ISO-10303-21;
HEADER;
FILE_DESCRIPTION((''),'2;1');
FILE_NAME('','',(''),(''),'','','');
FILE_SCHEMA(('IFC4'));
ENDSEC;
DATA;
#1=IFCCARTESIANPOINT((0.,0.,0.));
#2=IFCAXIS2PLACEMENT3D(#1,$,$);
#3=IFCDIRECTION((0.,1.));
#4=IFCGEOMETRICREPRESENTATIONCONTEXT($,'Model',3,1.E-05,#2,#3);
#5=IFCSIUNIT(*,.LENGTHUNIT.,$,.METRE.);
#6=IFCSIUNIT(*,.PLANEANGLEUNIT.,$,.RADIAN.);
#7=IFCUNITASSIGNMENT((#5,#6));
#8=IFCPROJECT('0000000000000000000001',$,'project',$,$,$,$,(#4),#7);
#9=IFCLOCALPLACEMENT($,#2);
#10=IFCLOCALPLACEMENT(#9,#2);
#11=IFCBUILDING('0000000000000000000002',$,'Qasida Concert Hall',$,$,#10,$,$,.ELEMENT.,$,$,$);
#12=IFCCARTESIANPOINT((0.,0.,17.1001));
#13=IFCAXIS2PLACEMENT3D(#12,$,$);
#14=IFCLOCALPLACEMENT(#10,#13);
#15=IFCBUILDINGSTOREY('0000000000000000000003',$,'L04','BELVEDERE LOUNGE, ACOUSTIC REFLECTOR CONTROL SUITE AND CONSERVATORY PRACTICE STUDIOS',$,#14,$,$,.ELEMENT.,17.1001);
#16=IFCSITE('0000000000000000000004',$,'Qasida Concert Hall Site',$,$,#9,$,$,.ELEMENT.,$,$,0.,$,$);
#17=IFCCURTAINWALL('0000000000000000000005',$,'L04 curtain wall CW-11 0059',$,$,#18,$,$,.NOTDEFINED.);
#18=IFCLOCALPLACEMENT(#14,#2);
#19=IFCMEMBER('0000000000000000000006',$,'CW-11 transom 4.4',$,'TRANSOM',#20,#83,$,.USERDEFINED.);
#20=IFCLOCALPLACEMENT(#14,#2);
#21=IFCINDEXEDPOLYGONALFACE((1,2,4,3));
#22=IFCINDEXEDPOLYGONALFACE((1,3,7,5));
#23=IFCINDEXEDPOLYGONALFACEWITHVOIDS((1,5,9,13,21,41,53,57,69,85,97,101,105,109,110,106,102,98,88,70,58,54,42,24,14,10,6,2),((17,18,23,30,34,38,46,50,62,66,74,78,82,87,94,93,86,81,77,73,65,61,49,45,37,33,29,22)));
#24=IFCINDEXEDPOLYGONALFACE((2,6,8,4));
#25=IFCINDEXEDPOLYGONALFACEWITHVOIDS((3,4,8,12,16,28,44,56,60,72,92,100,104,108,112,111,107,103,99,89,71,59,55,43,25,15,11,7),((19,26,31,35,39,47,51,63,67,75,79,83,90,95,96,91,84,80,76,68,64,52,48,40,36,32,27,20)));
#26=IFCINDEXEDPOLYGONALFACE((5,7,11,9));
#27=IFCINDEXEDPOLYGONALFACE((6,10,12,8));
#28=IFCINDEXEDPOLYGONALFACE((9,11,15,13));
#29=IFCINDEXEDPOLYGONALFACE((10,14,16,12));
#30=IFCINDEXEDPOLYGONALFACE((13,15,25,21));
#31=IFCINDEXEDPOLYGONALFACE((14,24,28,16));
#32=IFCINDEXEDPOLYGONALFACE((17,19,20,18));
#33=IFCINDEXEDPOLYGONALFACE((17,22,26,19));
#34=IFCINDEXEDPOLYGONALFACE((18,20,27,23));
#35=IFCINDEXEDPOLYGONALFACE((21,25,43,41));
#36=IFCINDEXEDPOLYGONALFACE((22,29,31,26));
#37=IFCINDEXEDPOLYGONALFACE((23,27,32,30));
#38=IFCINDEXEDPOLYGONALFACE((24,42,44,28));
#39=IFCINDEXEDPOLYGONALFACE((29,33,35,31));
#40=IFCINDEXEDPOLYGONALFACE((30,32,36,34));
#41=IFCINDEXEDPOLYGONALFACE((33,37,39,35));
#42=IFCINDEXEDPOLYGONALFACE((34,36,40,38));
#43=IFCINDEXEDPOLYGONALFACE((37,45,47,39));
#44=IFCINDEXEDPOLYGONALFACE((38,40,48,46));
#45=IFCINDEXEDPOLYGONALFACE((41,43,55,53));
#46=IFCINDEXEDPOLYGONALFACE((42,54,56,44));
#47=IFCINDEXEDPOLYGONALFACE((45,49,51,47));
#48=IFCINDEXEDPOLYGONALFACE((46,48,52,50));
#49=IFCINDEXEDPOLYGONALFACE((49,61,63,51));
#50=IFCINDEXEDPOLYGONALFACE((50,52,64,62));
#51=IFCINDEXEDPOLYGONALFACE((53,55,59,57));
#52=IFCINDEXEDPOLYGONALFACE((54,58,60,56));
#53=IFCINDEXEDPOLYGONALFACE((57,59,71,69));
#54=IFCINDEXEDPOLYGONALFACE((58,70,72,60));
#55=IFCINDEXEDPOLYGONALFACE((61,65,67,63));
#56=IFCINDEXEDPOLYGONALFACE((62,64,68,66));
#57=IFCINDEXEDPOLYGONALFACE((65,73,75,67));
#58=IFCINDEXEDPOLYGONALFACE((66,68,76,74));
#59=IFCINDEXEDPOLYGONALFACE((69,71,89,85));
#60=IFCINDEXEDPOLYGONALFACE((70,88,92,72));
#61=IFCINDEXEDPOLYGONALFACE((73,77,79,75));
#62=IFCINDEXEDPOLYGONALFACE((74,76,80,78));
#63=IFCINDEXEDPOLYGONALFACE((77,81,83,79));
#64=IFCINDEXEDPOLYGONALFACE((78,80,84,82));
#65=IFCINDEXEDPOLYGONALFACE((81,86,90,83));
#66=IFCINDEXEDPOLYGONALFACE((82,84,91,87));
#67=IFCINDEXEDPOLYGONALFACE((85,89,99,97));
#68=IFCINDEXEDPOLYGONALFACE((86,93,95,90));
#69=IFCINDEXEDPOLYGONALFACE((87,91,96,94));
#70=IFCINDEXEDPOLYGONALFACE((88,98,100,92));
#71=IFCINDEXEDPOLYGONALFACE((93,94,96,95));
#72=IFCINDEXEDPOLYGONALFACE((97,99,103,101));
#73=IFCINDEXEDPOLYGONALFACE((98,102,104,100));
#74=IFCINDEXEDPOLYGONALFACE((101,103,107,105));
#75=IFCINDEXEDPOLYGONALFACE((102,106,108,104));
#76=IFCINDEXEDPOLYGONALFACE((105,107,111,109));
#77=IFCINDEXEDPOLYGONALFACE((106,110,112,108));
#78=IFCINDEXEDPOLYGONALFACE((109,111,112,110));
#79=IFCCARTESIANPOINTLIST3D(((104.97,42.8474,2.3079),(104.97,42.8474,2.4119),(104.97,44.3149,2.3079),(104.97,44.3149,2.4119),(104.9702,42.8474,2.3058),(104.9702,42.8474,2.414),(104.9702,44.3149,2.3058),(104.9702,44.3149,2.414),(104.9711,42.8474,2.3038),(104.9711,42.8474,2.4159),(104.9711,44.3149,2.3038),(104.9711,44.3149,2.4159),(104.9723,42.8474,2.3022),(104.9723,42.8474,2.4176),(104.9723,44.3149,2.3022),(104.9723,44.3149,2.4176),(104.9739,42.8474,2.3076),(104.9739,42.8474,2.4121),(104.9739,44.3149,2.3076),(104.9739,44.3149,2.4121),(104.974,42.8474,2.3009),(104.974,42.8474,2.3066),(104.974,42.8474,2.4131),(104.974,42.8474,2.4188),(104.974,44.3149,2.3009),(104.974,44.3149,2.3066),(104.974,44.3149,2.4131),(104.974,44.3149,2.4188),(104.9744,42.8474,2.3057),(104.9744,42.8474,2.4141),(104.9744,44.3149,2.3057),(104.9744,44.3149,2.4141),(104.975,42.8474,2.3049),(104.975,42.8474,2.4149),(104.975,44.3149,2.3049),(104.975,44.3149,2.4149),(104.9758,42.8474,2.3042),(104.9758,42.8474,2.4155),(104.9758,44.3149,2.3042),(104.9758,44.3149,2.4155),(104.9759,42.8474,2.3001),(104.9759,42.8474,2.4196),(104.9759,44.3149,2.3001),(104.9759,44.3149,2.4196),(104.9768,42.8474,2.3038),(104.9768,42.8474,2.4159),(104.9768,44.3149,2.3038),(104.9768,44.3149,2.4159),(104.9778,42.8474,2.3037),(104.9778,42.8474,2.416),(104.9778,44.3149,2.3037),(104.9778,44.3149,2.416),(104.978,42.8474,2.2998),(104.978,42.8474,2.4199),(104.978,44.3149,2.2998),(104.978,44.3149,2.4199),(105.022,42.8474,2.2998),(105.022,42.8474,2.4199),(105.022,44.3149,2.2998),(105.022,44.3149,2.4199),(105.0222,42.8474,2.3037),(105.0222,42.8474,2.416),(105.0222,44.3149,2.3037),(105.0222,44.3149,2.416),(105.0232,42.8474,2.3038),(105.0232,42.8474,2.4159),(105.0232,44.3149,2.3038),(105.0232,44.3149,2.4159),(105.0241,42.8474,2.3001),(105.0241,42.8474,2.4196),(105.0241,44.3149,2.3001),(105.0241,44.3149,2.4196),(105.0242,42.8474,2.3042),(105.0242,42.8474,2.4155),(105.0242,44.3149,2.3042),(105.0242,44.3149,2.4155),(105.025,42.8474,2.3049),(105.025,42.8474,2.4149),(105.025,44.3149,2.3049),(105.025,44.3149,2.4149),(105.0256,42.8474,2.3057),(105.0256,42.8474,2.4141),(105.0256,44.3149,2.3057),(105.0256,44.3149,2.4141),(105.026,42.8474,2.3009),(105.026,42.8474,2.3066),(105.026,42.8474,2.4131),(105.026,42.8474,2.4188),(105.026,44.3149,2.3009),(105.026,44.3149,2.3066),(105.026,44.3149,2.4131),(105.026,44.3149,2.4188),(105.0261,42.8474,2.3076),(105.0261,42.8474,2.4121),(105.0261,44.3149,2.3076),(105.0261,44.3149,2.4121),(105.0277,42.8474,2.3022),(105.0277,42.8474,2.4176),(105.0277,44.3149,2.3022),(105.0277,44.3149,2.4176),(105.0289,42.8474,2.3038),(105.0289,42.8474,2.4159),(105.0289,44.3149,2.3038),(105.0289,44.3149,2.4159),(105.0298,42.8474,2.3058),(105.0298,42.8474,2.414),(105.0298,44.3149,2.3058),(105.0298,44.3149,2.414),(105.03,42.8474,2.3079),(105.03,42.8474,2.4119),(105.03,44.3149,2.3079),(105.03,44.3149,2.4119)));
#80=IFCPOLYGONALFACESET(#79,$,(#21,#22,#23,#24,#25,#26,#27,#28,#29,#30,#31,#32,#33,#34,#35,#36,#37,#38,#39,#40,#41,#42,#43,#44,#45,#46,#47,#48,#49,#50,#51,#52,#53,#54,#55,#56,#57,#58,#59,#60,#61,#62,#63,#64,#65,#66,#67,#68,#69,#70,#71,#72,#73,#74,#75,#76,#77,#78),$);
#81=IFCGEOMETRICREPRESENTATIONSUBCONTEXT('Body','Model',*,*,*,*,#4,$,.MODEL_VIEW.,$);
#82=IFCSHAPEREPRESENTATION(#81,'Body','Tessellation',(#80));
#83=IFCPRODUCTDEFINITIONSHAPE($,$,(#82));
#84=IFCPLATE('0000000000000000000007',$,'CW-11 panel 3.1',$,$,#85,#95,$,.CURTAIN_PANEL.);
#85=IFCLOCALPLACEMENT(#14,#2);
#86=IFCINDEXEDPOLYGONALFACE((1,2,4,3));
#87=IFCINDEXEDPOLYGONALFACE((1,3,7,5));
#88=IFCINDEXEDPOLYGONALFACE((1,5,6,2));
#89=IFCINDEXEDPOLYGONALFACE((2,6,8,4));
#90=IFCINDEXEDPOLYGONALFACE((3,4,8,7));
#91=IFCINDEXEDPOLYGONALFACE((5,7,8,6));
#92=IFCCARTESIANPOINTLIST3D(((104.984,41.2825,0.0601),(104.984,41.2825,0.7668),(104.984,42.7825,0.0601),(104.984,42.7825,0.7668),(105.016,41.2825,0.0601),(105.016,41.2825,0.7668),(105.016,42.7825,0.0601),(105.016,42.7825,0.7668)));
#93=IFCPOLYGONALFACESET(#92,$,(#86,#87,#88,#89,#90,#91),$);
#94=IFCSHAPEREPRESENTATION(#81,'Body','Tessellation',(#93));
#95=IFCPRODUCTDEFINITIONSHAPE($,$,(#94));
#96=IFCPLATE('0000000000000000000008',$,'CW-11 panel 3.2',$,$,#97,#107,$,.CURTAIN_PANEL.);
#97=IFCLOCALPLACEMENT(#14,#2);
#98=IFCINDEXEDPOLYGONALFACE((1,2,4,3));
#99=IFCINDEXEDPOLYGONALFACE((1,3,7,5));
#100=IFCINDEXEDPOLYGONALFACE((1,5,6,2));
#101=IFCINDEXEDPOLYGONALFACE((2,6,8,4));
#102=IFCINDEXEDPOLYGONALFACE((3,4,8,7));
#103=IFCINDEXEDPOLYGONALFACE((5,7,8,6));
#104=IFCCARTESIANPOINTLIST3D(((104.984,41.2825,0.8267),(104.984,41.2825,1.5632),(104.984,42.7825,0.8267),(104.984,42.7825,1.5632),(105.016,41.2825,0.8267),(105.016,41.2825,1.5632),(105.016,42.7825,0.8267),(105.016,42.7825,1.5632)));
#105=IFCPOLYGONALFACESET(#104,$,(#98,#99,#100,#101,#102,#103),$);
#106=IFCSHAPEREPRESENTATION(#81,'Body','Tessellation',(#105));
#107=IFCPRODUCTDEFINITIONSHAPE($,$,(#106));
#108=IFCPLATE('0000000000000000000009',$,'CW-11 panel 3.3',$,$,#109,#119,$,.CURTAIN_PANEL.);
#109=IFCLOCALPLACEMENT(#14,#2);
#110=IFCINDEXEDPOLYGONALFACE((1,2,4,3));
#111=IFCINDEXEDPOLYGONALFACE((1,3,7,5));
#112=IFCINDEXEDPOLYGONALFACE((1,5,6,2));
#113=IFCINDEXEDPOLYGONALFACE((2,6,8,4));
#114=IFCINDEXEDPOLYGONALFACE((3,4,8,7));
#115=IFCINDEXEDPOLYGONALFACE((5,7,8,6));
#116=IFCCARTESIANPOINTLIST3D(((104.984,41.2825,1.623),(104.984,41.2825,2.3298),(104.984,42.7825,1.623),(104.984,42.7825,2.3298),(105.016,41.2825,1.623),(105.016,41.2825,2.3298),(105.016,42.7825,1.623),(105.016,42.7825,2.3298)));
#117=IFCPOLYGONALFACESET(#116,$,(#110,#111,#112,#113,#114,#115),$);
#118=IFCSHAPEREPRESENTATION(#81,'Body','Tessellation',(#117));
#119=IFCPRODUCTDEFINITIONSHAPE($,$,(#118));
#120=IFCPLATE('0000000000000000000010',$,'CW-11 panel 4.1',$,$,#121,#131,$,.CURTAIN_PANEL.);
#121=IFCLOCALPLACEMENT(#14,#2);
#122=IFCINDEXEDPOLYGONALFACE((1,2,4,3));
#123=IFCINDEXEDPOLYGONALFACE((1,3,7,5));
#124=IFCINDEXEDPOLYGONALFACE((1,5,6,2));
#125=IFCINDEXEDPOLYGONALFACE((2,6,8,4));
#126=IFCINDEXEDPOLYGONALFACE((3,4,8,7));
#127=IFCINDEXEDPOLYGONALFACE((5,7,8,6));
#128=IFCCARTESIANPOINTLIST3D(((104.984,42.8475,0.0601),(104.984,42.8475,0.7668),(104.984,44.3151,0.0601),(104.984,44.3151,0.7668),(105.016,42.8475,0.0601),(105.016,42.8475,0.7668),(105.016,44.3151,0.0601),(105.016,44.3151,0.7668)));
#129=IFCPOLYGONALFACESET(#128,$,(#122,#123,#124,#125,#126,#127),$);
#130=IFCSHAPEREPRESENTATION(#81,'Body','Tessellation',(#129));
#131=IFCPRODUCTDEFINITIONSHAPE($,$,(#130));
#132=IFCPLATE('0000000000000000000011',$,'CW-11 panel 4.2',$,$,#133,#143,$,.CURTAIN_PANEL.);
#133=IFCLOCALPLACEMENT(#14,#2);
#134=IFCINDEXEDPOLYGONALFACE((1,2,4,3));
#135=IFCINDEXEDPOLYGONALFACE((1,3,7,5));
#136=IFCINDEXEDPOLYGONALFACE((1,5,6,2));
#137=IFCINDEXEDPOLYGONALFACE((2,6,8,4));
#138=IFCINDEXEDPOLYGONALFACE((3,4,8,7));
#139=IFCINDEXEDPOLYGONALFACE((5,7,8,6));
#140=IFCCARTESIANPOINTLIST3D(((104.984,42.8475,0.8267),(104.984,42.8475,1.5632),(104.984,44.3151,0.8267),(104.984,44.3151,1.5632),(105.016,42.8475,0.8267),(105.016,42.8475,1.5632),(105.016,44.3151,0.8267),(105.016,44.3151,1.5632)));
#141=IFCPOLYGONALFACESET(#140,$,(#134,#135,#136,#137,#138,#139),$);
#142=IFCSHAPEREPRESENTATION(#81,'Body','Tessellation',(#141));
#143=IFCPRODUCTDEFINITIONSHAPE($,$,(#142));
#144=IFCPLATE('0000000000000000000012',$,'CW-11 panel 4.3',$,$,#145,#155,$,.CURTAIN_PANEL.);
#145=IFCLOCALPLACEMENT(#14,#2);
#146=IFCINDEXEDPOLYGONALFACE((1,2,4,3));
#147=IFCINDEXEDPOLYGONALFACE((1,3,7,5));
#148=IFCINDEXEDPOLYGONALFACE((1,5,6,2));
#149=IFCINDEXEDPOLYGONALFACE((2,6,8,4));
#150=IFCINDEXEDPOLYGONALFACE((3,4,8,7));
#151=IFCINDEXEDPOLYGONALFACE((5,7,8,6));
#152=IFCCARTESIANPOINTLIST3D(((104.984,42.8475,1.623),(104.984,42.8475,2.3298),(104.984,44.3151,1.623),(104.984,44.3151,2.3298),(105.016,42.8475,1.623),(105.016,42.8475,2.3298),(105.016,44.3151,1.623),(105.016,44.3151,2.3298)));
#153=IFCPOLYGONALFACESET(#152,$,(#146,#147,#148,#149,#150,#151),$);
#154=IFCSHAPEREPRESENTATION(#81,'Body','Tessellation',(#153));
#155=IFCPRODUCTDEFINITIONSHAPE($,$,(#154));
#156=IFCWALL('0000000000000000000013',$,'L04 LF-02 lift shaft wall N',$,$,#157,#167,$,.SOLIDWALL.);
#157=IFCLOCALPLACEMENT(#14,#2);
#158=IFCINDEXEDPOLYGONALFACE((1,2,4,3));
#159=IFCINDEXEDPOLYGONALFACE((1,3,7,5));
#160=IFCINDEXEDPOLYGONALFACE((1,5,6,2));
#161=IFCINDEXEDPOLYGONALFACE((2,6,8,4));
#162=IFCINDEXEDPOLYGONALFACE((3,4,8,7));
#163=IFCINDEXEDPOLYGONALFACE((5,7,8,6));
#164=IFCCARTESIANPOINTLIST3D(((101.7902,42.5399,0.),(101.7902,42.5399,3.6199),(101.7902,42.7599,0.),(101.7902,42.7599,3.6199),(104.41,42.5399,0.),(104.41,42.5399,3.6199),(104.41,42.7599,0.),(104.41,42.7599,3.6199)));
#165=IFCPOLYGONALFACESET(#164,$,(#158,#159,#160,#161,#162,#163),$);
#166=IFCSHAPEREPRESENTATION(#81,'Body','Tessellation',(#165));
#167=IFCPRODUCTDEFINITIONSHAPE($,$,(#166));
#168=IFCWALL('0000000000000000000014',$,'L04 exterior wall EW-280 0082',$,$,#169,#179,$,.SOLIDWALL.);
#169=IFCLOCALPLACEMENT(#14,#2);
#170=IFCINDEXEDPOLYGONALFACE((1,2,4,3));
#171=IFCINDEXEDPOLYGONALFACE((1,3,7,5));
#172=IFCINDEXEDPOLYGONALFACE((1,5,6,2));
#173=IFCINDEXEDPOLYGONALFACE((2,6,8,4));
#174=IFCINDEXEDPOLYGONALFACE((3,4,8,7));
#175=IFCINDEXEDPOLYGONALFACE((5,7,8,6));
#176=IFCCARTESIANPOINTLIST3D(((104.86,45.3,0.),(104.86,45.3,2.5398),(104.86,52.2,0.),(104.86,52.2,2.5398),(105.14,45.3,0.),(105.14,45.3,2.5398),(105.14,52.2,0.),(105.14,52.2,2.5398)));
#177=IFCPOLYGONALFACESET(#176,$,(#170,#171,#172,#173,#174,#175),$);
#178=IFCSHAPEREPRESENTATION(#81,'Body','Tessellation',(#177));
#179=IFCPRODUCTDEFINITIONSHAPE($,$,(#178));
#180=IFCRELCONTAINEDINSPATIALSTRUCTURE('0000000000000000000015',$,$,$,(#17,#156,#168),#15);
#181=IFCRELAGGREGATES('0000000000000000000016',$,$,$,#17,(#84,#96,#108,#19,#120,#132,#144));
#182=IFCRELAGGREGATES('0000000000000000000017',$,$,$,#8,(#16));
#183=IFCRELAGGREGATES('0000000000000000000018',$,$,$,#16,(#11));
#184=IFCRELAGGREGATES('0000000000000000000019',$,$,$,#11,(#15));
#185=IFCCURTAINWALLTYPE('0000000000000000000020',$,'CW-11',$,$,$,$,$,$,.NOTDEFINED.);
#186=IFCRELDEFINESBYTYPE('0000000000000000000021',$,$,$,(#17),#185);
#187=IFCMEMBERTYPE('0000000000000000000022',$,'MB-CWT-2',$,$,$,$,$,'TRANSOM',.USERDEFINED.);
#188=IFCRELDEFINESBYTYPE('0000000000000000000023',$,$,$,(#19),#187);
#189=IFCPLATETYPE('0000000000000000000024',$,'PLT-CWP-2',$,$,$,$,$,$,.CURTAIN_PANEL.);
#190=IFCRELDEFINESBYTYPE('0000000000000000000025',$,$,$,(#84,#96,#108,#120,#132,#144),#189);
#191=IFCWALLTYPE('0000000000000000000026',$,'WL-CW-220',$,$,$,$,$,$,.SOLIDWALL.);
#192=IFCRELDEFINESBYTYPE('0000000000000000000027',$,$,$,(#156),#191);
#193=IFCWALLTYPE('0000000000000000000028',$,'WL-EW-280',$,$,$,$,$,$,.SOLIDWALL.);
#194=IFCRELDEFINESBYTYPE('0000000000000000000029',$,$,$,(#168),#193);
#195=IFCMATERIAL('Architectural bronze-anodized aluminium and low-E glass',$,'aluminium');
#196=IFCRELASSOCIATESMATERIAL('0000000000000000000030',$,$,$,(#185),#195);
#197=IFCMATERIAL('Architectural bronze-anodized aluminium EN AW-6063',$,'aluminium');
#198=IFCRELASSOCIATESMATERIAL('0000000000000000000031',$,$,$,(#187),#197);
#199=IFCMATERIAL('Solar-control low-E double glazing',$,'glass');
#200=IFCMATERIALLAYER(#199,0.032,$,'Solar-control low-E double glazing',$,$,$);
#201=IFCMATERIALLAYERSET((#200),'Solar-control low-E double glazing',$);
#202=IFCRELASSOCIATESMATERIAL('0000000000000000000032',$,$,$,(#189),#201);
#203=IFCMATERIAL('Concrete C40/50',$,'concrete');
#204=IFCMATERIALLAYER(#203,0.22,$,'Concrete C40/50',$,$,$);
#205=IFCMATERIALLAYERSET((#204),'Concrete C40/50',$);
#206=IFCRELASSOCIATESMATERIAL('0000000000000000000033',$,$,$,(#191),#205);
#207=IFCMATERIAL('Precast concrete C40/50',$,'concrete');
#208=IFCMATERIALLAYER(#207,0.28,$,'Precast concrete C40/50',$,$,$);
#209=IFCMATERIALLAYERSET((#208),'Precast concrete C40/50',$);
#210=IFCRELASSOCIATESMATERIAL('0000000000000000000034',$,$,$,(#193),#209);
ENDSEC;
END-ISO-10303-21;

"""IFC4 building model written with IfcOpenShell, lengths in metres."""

from ifc_helpers import new_model, si_unit, direction, frame, frame_2d, origin, origin_2d, place, context, subcontext, project, spatial, rectangle, hollow_rectangle, extrude, material, layer, layer_set, material_profile, profile_set, type_object, element, aggregate, save


model = new_model("IFC4")

# Units and contexts
model_context = context("Model", 3, precision=1e-05, world=origin(), true_north=direction((0.0, 1.0)))
body_context = subcontext(model_context, "Body", "Model", "MODEL_VIEW")
ifc_project = project(units=[si_unit("LENGTHUNIT", "METRE"), si_unit("PLANEANGLEUNIT", "RADIAN")], contexts=[model_context])

# Site, building, storey
site_placement = place(None, origin())
site = spatial("IfcSite", under=ifc_project, at=site_placement, Name="Qasida Concert Hall Site", CompositionType="ELEMENT", RefElevation=0.0)
building_placement = place(site_placement, origin())
building = spatial("IfcBuilding", under=site, at=building_placement, Name="Qasida Concert Hall", CompositionType="ELEMENT")
storey_placement = place(building_placement, frame((0.0, 0.0, 17.1001)))
storey = spatial("IfcBuildingStorey", under=building, at=storey_placement, Name="L04", Description="BELVEDERE LOUNGE, ACOUSTIC REFLECTOR CONTROL SUITE AND CONSERVATORY PRACTICE STUDIOS", CompositionType="ELEMENT", Elevation=17.1001)

# Shared definitions
ifc_material_1 = material(Name="Concrete C40/50", Category="concrete")

# Curtain wall, member, plates
ifc_material_2 = material(Name="Architectural bronze-anodized aluminium and low-E glass", Category="aluminium")
curtain_wall_type = type_object("IfcCurtainWallType", Name="CW-11", PredefinedType="NOTDEFINED", material=ifc_material_2)
curtain_wall_placement = place(storey_placement, origin())
curtain_wall = element("IfcCurtainWall", 1, at=curtain_wall_placement, inside=storey, type_object=curtain_wall_type, Name="L04 curtain wall CW-11 0059", PredefinedType="NOTDEFINED")
ifc_material_3 = material(Name="Architectural bronze-anodized aluminium EN AW-6063", Category="aluminium")
ifc_material_profile_1 = material_profile(ifc_material_3, hollow_rectangle(XDim=0.0601, YDim=0.1201, WallThickness=0.0039, InnerFilletRadius=0.0039, OuterFilletRadius=0.0081, at=origin_2d()), Name="CWT 120x60x4")
ifc_profile_set_1 = profile_set([ifc_material_profile_1], Name="Architectural bronze-anodized aluminium EN AW-6063")
member_type_1 = type_object("IfcMemberType", Name="MB-CWT-2", ElementType="TRANSOM", PredefinedType="USERDEFINED", material=ifc_profile_set_1)
member_1_placement = place(storey_placement, frame((105.0, 42.8474, 2.3599), z_axis=(0.0, 1.0, 0.0), x_axis=(-1.0, 0.0, 0.0)))
member_1 = element("IfcMember", 2, at=member_1_placement, type_object=member_type_1, Name="CW-11 transom 4.4", ObjectType="TRANSOM", PredefinedType="USERDEFINED", context=body_context, shape_type="SweptSolid", body=[
    extrude(hollow_rectangle(XDim=0.0601, YDim=0.1201, WallThickness=0.0039, InnerFilletRadius=0.0039, OuterFilletRadius=0.0081, at=origin_2d()), origin(), (0.0, 0.0, 1.0), 1.4675),
])
ifc_material_4 = material(Name="Solar-control low-E double glazing", Category="glass")
ifc_layer_1 = layer(ifc_material_4, 0.032, Name="Solar-control low-E double glazing")
ifc_layer_set_1 = layer_set([ifc_layer_1], Name="Solar-control low-E double glazing")
plate_type = type_object("IfcPlateType", Name="PLT-CWP-2", PredefinedType="CURTAIN_PANEL", material=ifc_layer_set_1)
plate_1_placement = place(storey_placement, frame((105.0, 42.0325, 0.0601), z_axis=(0.0, 0.0, 1.0), x_axis=(0.0, 1.0, 0.0)))
plate_1 = element("IfcPlate", 3, at=plate_1_placement, type_object=plate_type, Name="CW-11 panel 3.1", PredefinedType="CURTAIN_PANEL", context=body_context, shape_type="SweptSolid", body=[
    extrude(rectangle(XDim=1.5, YDim=0.032, at=origin_2d()), origin(), (0.0, 0.0, 1.0), 0.7068),
])
plate_2_placement = place(storey_placement, frame((105.0, 42.0325, 0.8267), z_axis=(0.0, 0.0, 1.0), x_axis=(0.0, 1.0, 0.0)))
plate_2 = element("IfcPlate", 4, at=plate_2_placement, type_object=plate_type, Name="CW-11 panel 3.2", PredefinedType="CURTAIN_PANEL", context=body_context, shape_type="SweptSolid", body=[
    extrude(rectangle(XDim=1.5, YDim=0.032, at=origin_2d()), origin(), (0.0, 0.0, 1.0), 0.7366),
])
plate_3_placement = place(storey_placement, frame((105.0, 42.0325, 1.623), z_axis=(0.0, 0.0, 1.0), x_axis=(0.0, 1.0, 0.0)))
plate_3 = element("IfcPlate", 5, at=plate_3_placement, type_object=plate_type, Name="CW-11 panel 3.3", PredefinedType="CURTAIN_PANEL", context=body_context, shape_type="SweptSolid", body=[
    extrude(rectangle(XDim=1.5, YDim=0.032, at=origin_2d()), origin(), (0.0, 0.0, 1.0), 0.7068),
])
plate_4_placement = place(storey_placement, frame((105.0, 43.5813, 0.0601), z_axis=(0.0, 0.0, 1.0), x_axis=(0.0, 1.0, 0.0)))
plate_4 = element("IfcPlate", 6, at=plate_4_placement, type_object=plate_type, Name="CW-11 panel 4.1", PredefinedType="CURTAIN_PANEL", context=body_context, shape_type="SweptSolid", body=[
    extrude(rectangle(XDim=1.4675, YDim=0.032, at=origin_2d()), origin(), (0.0, 0.0, 1.0), 0.7068),
])
plate_5_placement = place(storey_placement, frame((105.0, 43.5813, 0.8267), z_axis=(0.0, 0.0, 1.0), x_axis=(0.0, 1.0, 0.0)))
plate_5 = element("IfcPlate", 7, at=plate_5_placement, type_object=plate_type, Name="CW-11 panel 4.2", PredefinedType="CURTAIN_PANEL", context=body_context, shape_type="SweptSolid", body=[
    extrude(rectangle(XDim=1.4675, YDim=0.032, at=origin_2d()), origin(), (0.0, 0.0, 1.0), 0.7366),
])
plate_6_placement = place(storey_placement, frame((105.0, 43.5813, 1.623), z_axis=(0.0, 0.0, 1.0), x_axis=(0.0, 1.0, 0.0)))
plate_6 = element("IfcPlate", 8, at=plate_6_placement, type_object=plate_type, Name="CW-11 panel 4.3", PredefinedType="CURTAIN_PANEL", context=body_context, shape_type="SweptSolid", body=[
    extrude(rectangle(XDim=1.4675, YDim=0.032, at=origin_2d()), origin(), (0.0, 0.0, 1.0), 0.7068),
])
aggregate(curtain_wall, [plate_1, plate_2, plate_3, member_1, plate_4, plate_5, plate_6])

# Walls
ifc_layer_2 = layer(ifc_material_1, 0.22, Name="Concrete C40/50")
ifc_layer_set_2 = layer_set([ifc_layer_2], Name="Concrete C40/50")
wall_type_1 = type_object("IfcWallType", Name="WL-CW-220", PredefinedType="SOLIDWALL", material=ifc_layer_set_2)
wall_1_placement = place(storey_placement, frame((101.79, 42.6499, 0.0), z_axis=(0.0, 0.0, 1.0), x_axis=(1.0, 0.0, 0.0)))
element("IfcWall", 9, at=wall_1_placement, inside=storey, type_object=wall_type_1, Name="L04 LF-02 lift shaft wall N", PredefinedType="SOLIDWALL", context=body_context, shape_type="SweptSolid", body=[
    extrude(rectangle(XDim=2.6199, YDim=0.22, at=frame_2d((1.3101, 0.0))), origin(), (0.0, 0.0, 1.0), 3.6199),
])
ifc_material_5 = material(Name="Precast concrete C40/50", Category="concrete")
ifc_layer_3 = layer(ifc_material_5, 0.28, Name="Precast concrete C40/50")
ifc_layer_set_3 = layer_set([ifc_layer_3], Name="Precast concrete C40/50")
wall_type_2 = type_object("IfcWallType", Name="WL-EW-280", PredefinedType="SOLIDWALL", material=ifc_layer_set_3)
wall_2_placement = place(storey_placement, frame((105.0, 45.3, 0.0), z_axis=(0.0, 0.0, 1.0), x_axis=(0.0, 1.0, 0.0)))
element("IfcWall", 10, at=wall_2_placement, inside=storey, type_object=wall_type_2, Name="L04 exterior wall EW-280 0082", PredefinedType="SOLIDWALL", context=body_context, shape_type="SweptSolid", body=[
    extrude(rectangle(XDim=6.8999, YDim=0.28, at=frame_2d((3.45, 0.0))), origin(), (0.0, 0.0, 1.0), 2.5398),
])

save(model, "model.ifc")
